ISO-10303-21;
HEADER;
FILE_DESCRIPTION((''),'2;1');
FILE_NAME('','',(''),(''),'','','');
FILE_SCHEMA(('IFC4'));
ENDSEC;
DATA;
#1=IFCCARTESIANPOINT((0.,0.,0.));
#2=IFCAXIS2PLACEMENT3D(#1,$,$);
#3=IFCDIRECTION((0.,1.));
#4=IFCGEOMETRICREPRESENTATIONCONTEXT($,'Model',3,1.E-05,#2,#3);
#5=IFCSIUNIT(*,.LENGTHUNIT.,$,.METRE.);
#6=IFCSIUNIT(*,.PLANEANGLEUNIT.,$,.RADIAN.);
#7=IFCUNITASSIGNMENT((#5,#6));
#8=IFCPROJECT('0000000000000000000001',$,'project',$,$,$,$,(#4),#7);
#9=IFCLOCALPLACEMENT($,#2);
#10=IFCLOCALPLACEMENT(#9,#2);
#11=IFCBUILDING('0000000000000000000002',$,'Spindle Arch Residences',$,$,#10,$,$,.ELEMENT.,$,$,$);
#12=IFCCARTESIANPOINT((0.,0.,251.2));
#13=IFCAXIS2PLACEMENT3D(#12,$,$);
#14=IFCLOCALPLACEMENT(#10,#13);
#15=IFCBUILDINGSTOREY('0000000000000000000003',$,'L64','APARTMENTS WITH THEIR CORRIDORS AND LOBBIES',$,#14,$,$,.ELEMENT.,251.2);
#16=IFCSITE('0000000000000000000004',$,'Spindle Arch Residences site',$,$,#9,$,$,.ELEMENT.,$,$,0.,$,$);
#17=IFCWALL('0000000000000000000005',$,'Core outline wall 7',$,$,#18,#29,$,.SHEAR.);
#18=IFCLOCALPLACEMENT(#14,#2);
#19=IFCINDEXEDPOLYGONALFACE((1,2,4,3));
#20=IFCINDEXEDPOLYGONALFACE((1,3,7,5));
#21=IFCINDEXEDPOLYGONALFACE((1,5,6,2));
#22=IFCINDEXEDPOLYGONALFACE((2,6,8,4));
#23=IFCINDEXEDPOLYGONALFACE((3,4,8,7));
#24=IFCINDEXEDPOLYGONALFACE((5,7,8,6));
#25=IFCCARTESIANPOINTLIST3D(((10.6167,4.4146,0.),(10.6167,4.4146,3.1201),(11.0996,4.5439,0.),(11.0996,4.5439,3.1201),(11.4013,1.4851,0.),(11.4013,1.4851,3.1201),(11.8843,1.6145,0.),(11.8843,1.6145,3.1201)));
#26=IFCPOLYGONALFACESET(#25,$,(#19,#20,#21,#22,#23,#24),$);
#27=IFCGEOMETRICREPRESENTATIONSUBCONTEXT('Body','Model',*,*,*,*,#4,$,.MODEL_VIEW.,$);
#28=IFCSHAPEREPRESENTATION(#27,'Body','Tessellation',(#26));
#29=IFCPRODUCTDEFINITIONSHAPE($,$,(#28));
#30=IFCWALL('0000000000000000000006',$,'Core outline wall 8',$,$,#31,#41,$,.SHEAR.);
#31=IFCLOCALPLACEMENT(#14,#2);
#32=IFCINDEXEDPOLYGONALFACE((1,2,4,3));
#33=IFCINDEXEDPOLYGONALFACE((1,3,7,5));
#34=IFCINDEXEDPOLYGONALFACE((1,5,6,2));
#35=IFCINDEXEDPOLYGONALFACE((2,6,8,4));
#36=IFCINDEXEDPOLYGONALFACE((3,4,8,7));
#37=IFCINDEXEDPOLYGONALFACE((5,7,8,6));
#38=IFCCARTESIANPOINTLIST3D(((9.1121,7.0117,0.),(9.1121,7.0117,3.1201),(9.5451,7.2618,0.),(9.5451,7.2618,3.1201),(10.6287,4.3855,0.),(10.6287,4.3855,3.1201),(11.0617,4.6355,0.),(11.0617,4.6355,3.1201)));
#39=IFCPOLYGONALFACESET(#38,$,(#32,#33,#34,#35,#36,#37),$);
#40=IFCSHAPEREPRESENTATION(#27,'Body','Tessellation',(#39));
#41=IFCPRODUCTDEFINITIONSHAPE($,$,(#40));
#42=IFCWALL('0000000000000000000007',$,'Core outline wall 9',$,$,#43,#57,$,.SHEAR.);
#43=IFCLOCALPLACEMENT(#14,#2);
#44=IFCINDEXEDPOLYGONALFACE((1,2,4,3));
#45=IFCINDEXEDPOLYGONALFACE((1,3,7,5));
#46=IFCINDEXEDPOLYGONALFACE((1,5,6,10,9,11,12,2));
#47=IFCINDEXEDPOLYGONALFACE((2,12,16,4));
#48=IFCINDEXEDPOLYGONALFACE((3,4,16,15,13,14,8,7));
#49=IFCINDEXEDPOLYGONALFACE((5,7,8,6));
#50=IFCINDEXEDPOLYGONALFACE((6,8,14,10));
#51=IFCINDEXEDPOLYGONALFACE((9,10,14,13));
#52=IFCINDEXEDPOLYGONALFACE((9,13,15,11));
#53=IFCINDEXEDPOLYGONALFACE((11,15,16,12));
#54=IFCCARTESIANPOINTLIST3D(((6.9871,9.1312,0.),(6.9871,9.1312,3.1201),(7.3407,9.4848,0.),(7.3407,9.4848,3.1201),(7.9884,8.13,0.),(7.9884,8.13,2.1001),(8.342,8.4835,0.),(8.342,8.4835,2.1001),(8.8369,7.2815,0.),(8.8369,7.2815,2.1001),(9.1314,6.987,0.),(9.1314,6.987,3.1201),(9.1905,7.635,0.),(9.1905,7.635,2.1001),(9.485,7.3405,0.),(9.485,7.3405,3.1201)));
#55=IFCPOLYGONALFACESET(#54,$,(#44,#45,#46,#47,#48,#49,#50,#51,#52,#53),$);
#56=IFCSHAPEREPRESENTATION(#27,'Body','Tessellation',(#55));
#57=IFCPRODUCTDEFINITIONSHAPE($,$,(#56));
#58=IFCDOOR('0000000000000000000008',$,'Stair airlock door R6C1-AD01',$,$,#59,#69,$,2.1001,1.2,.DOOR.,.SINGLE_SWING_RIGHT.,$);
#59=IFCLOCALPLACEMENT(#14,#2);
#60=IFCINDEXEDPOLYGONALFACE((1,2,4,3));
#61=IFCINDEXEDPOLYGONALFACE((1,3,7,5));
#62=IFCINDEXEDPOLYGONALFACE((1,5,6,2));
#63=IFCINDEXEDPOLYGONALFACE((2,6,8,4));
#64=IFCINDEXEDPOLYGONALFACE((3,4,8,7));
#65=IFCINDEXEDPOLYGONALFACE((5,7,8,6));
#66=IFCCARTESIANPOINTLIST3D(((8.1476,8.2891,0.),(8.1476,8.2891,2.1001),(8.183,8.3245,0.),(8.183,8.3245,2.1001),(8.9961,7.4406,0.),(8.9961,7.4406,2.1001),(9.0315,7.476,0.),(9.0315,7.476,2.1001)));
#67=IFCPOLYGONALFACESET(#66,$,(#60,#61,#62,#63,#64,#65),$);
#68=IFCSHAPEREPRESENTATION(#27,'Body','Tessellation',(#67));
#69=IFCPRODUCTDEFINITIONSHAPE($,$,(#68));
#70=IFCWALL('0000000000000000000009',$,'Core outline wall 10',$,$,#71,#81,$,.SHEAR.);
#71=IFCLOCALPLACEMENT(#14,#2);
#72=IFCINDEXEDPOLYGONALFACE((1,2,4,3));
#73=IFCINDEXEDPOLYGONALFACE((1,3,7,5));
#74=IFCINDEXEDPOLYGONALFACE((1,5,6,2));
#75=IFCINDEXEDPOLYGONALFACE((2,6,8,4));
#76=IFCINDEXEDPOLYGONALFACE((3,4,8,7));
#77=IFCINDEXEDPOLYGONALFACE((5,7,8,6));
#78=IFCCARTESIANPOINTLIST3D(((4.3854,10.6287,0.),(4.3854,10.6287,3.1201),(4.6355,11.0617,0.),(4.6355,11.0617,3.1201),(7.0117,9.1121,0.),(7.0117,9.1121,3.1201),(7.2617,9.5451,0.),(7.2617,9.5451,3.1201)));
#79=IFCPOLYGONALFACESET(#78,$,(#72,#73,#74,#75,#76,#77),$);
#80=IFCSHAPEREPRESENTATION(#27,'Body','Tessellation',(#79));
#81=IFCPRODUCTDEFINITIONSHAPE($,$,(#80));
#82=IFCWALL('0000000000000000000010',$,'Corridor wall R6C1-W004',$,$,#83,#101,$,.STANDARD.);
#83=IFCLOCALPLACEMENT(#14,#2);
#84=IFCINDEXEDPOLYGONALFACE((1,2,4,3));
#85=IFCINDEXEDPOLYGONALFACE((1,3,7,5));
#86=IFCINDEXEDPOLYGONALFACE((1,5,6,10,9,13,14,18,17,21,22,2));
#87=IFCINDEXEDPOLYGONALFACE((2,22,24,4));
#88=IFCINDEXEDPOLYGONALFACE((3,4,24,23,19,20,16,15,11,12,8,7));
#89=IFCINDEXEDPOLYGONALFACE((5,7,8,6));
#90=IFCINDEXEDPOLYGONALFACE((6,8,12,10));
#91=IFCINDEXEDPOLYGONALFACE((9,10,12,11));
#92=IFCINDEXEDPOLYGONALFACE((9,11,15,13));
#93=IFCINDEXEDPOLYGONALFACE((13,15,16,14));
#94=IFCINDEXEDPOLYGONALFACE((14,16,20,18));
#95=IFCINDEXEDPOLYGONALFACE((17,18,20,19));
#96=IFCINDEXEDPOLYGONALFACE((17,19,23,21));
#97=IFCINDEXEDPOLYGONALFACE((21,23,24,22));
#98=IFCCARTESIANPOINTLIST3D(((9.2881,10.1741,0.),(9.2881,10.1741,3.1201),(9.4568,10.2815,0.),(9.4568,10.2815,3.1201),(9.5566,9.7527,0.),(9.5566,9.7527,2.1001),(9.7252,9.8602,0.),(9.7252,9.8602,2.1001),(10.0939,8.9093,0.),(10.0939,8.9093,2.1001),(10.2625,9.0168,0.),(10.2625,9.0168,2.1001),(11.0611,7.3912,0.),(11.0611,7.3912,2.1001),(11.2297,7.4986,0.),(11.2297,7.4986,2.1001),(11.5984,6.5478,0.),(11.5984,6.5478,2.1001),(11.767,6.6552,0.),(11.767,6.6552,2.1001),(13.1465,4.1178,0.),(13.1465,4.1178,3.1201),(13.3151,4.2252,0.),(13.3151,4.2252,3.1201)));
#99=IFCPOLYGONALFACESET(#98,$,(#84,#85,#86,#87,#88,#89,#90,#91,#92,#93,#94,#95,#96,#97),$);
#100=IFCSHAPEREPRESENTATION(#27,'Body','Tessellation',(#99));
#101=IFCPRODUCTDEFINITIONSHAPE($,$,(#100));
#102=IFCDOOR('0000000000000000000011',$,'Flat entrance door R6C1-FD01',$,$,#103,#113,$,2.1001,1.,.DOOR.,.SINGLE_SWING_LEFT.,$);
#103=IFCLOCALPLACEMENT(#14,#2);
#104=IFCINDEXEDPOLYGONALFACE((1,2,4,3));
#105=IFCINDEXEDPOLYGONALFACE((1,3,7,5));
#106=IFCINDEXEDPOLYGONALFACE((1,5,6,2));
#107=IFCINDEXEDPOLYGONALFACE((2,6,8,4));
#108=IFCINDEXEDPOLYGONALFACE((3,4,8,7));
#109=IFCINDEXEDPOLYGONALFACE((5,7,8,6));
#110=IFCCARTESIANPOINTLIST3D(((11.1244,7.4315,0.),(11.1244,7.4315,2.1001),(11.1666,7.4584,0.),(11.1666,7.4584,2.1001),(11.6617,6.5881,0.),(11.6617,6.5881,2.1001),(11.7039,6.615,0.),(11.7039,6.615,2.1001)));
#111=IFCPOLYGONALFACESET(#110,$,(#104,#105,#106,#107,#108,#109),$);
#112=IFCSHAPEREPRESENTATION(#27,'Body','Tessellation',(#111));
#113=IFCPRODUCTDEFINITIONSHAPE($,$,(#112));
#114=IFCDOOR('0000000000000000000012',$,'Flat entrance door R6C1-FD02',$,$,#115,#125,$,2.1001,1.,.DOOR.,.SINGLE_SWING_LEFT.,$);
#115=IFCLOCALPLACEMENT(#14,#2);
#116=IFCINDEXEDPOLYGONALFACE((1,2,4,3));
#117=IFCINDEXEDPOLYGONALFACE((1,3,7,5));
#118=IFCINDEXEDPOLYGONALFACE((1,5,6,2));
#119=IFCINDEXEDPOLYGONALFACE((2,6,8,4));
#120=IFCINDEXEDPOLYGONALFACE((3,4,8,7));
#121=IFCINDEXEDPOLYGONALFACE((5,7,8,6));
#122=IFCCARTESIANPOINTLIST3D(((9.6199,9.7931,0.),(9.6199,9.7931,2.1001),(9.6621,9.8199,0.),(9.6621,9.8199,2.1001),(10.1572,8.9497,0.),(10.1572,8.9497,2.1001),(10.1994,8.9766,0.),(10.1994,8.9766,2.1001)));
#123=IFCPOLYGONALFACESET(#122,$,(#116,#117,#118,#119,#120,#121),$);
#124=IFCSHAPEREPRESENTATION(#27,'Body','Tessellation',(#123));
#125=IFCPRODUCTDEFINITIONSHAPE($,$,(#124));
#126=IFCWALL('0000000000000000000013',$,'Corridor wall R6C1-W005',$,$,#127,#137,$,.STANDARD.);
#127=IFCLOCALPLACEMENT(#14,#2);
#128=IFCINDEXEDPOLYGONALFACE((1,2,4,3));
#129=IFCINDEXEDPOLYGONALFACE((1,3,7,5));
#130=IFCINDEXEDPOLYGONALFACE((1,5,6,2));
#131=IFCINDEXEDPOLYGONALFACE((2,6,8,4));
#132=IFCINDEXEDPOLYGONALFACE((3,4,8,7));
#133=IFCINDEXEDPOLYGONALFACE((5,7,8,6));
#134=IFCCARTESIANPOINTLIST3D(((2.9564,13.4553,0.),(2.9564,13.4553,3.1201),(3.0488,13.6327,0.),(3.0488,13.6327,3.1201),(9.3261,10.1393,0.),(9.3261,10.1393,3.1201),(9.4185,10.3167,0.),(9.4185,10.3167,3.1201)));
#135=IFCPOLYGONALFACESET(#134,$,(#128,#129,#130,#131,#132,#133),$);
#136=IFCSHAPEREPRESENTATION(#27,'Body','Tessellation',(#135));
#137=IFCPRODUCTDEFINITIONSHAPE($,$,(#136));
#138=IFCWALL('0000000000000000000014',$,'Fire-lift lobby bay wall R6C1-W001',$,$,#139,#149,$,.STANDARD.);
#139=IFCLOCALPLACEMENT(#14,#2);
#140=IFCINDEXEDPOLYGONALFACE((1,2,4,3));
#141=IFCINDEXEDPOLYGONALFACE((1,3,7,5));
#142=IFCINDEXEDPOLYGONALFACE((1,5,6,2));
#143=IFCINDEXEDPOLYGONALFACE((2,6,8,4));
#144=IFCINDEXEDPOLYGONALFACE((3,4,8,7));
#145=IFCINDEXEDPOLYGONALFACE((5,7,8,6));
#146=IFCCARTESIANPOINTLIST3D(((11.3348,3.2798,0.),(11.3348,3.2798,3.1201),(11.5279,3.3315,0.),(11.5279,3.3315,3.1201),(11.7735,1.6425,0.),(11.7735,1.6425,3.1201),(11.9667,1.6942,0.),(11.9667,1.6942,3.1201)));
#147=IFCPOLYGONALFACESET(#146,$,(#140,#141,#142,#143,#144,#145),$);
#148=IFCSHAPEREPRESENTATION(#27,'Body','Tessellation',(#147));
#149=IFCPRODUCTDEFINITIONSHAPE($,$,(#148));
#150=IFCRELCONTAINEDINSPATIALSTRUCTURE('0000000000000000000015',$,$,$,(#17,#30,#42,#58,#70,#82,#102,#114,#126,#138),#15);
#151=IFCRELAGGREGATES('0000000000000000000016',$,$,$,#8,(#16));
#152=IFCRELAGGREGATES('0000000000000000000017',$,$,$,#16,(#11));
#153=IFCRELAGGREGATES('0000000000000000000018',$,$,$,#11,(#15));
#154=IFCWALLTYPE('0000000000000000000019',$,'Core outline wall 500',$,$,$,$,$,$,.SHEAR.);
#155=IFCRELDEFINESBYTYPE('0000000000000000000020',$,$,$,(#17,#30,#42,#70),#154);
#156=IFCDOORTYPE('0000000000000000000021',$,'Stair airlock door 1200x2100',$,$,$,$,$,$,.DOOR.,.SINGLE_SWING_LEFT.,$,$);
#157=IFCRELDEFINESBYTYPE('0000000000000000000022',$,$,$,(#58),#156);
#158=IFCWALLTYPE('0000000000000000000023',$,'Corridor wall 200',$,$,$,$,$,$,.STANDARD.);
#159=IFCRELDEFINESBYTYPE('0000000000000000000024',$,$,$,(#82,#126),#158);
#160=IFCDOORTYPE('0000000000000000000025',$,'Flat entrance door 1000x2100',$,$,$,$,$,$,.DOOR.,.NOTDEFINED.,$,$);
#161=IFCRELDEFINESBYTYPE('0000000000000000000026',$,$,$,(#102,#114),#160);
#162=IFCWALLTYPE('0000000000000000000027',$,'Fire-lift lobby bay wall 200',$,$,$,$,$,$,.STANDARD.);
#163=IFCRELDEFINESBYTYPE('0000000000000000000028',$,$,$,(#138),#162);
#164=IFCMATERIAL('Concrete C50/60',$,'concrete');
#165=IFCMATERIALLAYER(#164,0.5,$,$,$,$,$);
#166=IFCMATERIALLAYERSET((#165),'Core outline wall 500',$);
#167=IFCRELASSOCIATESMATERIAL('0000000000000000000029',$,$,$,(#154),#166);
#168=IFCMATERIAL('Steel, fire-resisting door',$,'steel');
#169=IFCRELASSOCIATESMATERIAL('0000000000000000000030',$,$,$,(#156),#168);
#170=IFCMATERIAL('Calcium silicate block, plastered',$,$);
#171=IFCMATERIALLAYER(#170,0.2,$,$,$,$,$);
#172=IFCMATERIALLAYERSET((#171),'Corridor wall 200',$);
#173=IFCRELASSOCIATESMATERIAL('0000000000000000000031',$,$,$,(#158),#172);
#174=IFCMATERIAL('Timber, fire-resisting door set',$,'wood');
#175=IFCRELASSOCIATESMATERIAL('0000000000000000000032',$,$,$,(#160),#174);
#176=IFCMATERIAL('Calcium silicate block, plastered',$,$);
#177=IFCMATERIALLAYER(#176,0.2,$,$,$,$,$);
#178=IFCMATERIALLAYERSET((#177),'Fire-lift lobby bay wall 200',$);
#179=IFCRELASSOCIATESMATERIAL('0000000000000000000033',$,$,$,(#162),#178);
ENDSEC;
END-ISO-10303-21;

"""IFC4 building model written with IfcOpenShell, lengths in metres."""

from ifc_helpers import new_model, si_unit, direction, frame, frame_2d, origin, place, context, subcontext, project, spatial, rectangle, extrude, material, layer, layer_set, type_object, element, fill, save


model = new_model("IFC4")

# Units and contexts
model_context = context("Model", 3, precision=1e-05, world=origin(), true_north=direction((0.0, 1.0)))
body_context = subcontext(model_context, "Body", "Model", "MODEL_VIEW")
ifc_project = project(units=[si_unit("LENGTHUNIT", "METRE"), si_unit("PLANEANGLEUNIT", "RADIAN")], contexts=[model_context])

# Site, building, storey
site_placement = place(None, origin())
site = spatial("IfcSite", under=ifc_project, at=site_placement, Name="Spindle Arch Residences site", CompositionType="ELEMENT", RefElevation=0.0)
building_placement = place(site_placement, origin())
building = spatial("IfcBuilding", under=site, at=building_placement, Name="Spindle Arch Residences", CompositionType="ELEMENT")
storey_placement = place(building_placement, frame((0.0, 0.0, 251.2)))
storey = spatial("IfcBuildingStorey", under=building, at=storey_placement, Name="L64", Description="APARTMENTS WITH THEIR CORRIDORS AND LOBBIES", CompositionType="ELEMENT", Elevation=251.2)

# Walls
ifc_material_1 = material(Name="Concrete C50/60", Category="concrete")
ifc_layer_1 = layer(ifc_material_1, 0.5)
ifc_layer_set_1 = layer_set([ifc_layer_1], Name="Core outline wall 500")
wall_type_1 = type_object("IfcWallType", Name="Core outline wall 500", PredefinedType="SHEAR", material=ifc_layer_set_1)
for number, where, z_axis, x_axis, name in (
    (1, (11.6428, 1.5498, 0.0), (0.0, 0.0, 1.0), (-0.258735, 0.965948, 0.0), "Core outline wall 7"),
    (2, (10.8452, 4.5105, 0.0), (0.0, 0.0, 1.0), (-0.500087, 0.865975, 0.0), "Core outline wall 8"),
):
    element("IfcWall", number, at=place(storey_placement, frame(where, z_axis=z_axis, x_axis=x_axis)), inside=storey, type_object=wall_type_1, Name=name, PredefinedType="SHEAR", context=body_context, shape_type="SweptSolid", body=[
        extrude(rectangle(XDim=3.0327, YDim=0.5, at=frame_2d((1.5164, 0.0))), origin(), (0.0, 0.0, 1.0), 3.1201),
    ])

# Wall, opening, door
wall_1_placement = place(storey_placement, frame((9.3081, 7.1638, 0.0), z_axis=(0.0, 0.0, 1.0), x_axis=(-0.707107, 0.707107, 0.0)))
wall_1 = element("IfcWall", 3, at=wall_1_placement, inside=storey, type_object=wall_type_1, Name="Core outline wall 9", PredefinedType="SHEAR", context=body_context, shape_type="SweptSolid", body=[
    extrude(rectangle(XDim=3.0325, YDim=0.5, at=frame_2d((1.5161, 0.0))), origin(), (0.0, 0.0, 1.0), 3.1201),
])
opening_1_placement = place(wall_1_placement, frame((0.4163, 0.0, 0.0)))
opening_1 = element("IfcOpeningElement", 4, at=opening_1_placement, cuts=wall_1, PredefinedType="OPENING", context=body_context, shape_type="SweptSolid", body=[
    extrude(rectangle(XDim=1.2, YDim=2.1001, at=frame_2d((0.6001, 1.05))), frame((0.0, 0.26, 0.0), z_axis=(0.0, -1.0, 0.0), x_axis=(1.0, 0.0, 0.0)), (0.0, 0.0, 1.0), 0.52),
])
ifc_material_2 = material(Name="Steel, fire-resisting door", Category="steel")
door_type_1 = type_object("IfcDoorType", Name="Stair airlock door 1200x2100", OperationType="SINGLE_SWING_LEFT", PredefinedType="DOOR", material=ifc_material_2)
door_1_placement = place(opening_1_placement, origin())
door_1 = element("IfcDoor", 5, at=door_1_placement, inside=storey, type_object=door_type_1, Name="Stair airlock door R6C1-AD01", OperationType="SINGLE_SWING_RIGHT", OverallHeight=2.1001, OverallWidth=1.2, PredefinedType="DOOR", context=body_context, shape_type="SweptSolid", body=[
    extrude(rectangle(XDim=1.2, YDim=2.1001, at=frame_2d((0.6001, 1.05))), frame((0.0, 0.0249, 0.0), z_axis=(0.0, -1.0, 0.0), x_axis=(1.0, 0.0, 0.0)), (0.0, 0.0, 1.0), 0.05),
])
fill(opening_1, door_1)

# Wall
wall_2_placement = place(storey_placement, frame((7.1367, 9.3286, 0.0), z_axis=(0.0, 0.0, 1.0), x_axis=(-0.865975, 0.500087, 0.0)))
element("IfcWall", 6, at=wall_2_placement, inside=storey, type_object=wall_type_1, Name="Core outline wall 10", PredefinedType="SHEAR", context=body_context, shape_type="SweptSolid", body=[
    extrude(rectangle(XDim=3.0327, YDim=0.5, at=frame_2d((1.5164, 0.0))), origin(), (0.0, 0.0, 1.0), 3.1201),
])

# Wall, openings, doors
ifc_material_3 = material(Name="Calcium silicate block, plastered")
ifc_layer_2 = layer(ifc_material_3, 0.2)
ifc_layer_set_2 = layer_set([ifc_layer_2], Name="Corridor wall 200")
wall_type_2 = type_object("IfcWallType", Name="Corridor wall 200", PredefinedType="STANDARD", material=ifc_layer_set_2)
wall_3_placement = place(storey_placement, frame((13.2307, 4.1716, 0.0), z_axis=(0.0, 0.0, 1.0), x_axis=(-0.537304, 0.843388, 0.0)))
wall_3 = element("IfcWall", 7, at=wall_3_placement, inside=storey, type_object=wall_type_2, Name="Corridor wall R6C1-W004", PredefinedType="STANDARD", context=body_context, shape_type="SweptSolid", body=[
    extrude(rectangle(XDim=7.1809, YDim=0.2, at=frame_2d((3.5903, 0.0))), origin(), (0.0, 0.0, 1.0), 3.1201),
])
opening_2_placement = place(wall_3_placement, frame((2.8811, 0.0, 0.0)))
opening_2 = element("IfcOpeningElement", 8, at=opening_2_placement, cuts=wall_3, PredefinedType="OPENING", context=body_context, shape_type="SweptSolid", body=[
    extrude(rectangle(XDim=1.0, YDim=2.1001, at=frame_2d((0.5, 1.05))), frame((0.0, 0.1099, 0.0), z_axis=(0.0, -1.0, 0.0), x_axis=(1.0, 0.0, 0.0)), (0.0, 0.0, 1.0), 0.22),
])
opening_3_placement = place(wall_3_placement, frame((5.6812, 0.0, 0.0)))
opening_3 = element("IfcOpeningElement", 9, at=opening_3_placement, cuts=wall_3, PredefinedType="OPENING", context=body_context, shape_type="SweptSolid", body=[
    extrude(rectangle(XDim=1.0, YDim=2.1001, at=frame_2d((0.5, 1.05))), frame((0.0, 0.1099, 0.0), z_axis=(0.0, -1.0, 0.0), x_axis=(1.0, 0.0, 0.0)), (0.0, 0.0, 1.0), 0.22),
])
ifc_material_4 = material(Name="Timber, fire-resisting door set", Category="wood")
door_type_2 = type_object("IfcDoorType", Name="Flat entrance door 1000x2100", OperationType="NOTDEFINED", PredefinedType="DOOR", material=ifc_material_4)
door_2_placement = place(opening_2_placement, origin())
door_2 = element("IfcDoor", 10, at=door_2_placement, inside=storey, type_object=door_type_2, Name="Flat entrance door R6C1-FD01", OperationType="SINGLE_SWING_LEFT", OverallHeight=2.1001, OverallWidth=1.0, PredefinedType="DOOR", context=body_context, shape_type="SweptSolid", body=[
    extrude(rectangle(XDim=1.0, YDim=2.1001, at=frame_2d((0.5, 1.05))), frame((0.0, 0.0249, 0.0), z_axis=(0.0, -1.0, 0.0), x_axis=(1.0, 0.0, 0.0)), (0.0, 0.0, 1.0), 0.05),
])
fill(opening_2, door_2)
door_3_placement = place(opening_3_placement, origin())
door_3 = element("IfcDoor", 11, at=door_3_placement, inside=storey, type_object=door_type_2, Name="Flat entrance door R6C1-FD02", OperationType="SINGLE_SWING_LEFT", OverallHeight=2.1001, OverallWidth=1.0, PredefinedType="DOOR", context=body_context, shape_type="SweptSolid", body=[
    extrude(rectangle(XDim=1.0, YDim=2.1001, at=frame_2d((0.5, 1.05))), frame((0.0, 0.0249, 0.0), z_axis=(0.0, -1.0, 0.0), x_axis=(1.0, 0.0, 0.0)), (0.0, 0.0, 1.0), 0.05),
])
fill(opening_3, door_3)

# Walls
wall_4_placement = place(storey_placement, frame((9.3723, 10.228, 0.0), z_axis=(0.0, 0.0, 1.0), x_axis=(-0.887005, 0.461759, 0.0)))
element("IfcWall", 12, at=wall_4_placement, inside=storey, type_object=wall_type_2, Name="Corridor wall R6C1-W005", PredefinedType="STANDARD", context=body_context, shape_type="SweptSolid", body=[
    extrude(rectangle(XDim=7.1812, YDim=0.2, at=frame_2d((3.5906, 0.0))), origin(), (0.0, 0.0, 1.0), 3.1201),
])
ifc_material_5 = material(Name="Calcium silicate block, plastered")
ifc_layer_3 = layer(ifc_material_5, 0.2)
ifc_layer_set_3 = layer_set([ifc_layer_3], Name="Fire-lift lobby bay wall 200")
wall_type_3 = type_object("IfcWallType", Name="Fire-lift lobby bay wall 200", PredefinedType="STANDARD", material=ifc_layer_set_3)
wall_5_placement = place(storey_placement, frame((11.8701, 1.6682, 0.0), z_axis=(0.0, 0.0, 1.0), x_axis=(-0.258837, 0.965921, 0.0)))
element("IfcWall", 13, at=wall_5_placement, inside=storey, type_object=wall_type_3, Name="Fire-lift lobby bay wall R6C1-W001", PredefinedType="STANDARD", context=body_context, shape_type="SweptSolid", body=[
    extrude(rectangle(XDim=1.6951, YDim=0.2, at=frame_2d((0.8477, 0.0))), origin(), (0.0, 0.0, 1.0), 3.1201),
])

save(model, "model.ifc")
